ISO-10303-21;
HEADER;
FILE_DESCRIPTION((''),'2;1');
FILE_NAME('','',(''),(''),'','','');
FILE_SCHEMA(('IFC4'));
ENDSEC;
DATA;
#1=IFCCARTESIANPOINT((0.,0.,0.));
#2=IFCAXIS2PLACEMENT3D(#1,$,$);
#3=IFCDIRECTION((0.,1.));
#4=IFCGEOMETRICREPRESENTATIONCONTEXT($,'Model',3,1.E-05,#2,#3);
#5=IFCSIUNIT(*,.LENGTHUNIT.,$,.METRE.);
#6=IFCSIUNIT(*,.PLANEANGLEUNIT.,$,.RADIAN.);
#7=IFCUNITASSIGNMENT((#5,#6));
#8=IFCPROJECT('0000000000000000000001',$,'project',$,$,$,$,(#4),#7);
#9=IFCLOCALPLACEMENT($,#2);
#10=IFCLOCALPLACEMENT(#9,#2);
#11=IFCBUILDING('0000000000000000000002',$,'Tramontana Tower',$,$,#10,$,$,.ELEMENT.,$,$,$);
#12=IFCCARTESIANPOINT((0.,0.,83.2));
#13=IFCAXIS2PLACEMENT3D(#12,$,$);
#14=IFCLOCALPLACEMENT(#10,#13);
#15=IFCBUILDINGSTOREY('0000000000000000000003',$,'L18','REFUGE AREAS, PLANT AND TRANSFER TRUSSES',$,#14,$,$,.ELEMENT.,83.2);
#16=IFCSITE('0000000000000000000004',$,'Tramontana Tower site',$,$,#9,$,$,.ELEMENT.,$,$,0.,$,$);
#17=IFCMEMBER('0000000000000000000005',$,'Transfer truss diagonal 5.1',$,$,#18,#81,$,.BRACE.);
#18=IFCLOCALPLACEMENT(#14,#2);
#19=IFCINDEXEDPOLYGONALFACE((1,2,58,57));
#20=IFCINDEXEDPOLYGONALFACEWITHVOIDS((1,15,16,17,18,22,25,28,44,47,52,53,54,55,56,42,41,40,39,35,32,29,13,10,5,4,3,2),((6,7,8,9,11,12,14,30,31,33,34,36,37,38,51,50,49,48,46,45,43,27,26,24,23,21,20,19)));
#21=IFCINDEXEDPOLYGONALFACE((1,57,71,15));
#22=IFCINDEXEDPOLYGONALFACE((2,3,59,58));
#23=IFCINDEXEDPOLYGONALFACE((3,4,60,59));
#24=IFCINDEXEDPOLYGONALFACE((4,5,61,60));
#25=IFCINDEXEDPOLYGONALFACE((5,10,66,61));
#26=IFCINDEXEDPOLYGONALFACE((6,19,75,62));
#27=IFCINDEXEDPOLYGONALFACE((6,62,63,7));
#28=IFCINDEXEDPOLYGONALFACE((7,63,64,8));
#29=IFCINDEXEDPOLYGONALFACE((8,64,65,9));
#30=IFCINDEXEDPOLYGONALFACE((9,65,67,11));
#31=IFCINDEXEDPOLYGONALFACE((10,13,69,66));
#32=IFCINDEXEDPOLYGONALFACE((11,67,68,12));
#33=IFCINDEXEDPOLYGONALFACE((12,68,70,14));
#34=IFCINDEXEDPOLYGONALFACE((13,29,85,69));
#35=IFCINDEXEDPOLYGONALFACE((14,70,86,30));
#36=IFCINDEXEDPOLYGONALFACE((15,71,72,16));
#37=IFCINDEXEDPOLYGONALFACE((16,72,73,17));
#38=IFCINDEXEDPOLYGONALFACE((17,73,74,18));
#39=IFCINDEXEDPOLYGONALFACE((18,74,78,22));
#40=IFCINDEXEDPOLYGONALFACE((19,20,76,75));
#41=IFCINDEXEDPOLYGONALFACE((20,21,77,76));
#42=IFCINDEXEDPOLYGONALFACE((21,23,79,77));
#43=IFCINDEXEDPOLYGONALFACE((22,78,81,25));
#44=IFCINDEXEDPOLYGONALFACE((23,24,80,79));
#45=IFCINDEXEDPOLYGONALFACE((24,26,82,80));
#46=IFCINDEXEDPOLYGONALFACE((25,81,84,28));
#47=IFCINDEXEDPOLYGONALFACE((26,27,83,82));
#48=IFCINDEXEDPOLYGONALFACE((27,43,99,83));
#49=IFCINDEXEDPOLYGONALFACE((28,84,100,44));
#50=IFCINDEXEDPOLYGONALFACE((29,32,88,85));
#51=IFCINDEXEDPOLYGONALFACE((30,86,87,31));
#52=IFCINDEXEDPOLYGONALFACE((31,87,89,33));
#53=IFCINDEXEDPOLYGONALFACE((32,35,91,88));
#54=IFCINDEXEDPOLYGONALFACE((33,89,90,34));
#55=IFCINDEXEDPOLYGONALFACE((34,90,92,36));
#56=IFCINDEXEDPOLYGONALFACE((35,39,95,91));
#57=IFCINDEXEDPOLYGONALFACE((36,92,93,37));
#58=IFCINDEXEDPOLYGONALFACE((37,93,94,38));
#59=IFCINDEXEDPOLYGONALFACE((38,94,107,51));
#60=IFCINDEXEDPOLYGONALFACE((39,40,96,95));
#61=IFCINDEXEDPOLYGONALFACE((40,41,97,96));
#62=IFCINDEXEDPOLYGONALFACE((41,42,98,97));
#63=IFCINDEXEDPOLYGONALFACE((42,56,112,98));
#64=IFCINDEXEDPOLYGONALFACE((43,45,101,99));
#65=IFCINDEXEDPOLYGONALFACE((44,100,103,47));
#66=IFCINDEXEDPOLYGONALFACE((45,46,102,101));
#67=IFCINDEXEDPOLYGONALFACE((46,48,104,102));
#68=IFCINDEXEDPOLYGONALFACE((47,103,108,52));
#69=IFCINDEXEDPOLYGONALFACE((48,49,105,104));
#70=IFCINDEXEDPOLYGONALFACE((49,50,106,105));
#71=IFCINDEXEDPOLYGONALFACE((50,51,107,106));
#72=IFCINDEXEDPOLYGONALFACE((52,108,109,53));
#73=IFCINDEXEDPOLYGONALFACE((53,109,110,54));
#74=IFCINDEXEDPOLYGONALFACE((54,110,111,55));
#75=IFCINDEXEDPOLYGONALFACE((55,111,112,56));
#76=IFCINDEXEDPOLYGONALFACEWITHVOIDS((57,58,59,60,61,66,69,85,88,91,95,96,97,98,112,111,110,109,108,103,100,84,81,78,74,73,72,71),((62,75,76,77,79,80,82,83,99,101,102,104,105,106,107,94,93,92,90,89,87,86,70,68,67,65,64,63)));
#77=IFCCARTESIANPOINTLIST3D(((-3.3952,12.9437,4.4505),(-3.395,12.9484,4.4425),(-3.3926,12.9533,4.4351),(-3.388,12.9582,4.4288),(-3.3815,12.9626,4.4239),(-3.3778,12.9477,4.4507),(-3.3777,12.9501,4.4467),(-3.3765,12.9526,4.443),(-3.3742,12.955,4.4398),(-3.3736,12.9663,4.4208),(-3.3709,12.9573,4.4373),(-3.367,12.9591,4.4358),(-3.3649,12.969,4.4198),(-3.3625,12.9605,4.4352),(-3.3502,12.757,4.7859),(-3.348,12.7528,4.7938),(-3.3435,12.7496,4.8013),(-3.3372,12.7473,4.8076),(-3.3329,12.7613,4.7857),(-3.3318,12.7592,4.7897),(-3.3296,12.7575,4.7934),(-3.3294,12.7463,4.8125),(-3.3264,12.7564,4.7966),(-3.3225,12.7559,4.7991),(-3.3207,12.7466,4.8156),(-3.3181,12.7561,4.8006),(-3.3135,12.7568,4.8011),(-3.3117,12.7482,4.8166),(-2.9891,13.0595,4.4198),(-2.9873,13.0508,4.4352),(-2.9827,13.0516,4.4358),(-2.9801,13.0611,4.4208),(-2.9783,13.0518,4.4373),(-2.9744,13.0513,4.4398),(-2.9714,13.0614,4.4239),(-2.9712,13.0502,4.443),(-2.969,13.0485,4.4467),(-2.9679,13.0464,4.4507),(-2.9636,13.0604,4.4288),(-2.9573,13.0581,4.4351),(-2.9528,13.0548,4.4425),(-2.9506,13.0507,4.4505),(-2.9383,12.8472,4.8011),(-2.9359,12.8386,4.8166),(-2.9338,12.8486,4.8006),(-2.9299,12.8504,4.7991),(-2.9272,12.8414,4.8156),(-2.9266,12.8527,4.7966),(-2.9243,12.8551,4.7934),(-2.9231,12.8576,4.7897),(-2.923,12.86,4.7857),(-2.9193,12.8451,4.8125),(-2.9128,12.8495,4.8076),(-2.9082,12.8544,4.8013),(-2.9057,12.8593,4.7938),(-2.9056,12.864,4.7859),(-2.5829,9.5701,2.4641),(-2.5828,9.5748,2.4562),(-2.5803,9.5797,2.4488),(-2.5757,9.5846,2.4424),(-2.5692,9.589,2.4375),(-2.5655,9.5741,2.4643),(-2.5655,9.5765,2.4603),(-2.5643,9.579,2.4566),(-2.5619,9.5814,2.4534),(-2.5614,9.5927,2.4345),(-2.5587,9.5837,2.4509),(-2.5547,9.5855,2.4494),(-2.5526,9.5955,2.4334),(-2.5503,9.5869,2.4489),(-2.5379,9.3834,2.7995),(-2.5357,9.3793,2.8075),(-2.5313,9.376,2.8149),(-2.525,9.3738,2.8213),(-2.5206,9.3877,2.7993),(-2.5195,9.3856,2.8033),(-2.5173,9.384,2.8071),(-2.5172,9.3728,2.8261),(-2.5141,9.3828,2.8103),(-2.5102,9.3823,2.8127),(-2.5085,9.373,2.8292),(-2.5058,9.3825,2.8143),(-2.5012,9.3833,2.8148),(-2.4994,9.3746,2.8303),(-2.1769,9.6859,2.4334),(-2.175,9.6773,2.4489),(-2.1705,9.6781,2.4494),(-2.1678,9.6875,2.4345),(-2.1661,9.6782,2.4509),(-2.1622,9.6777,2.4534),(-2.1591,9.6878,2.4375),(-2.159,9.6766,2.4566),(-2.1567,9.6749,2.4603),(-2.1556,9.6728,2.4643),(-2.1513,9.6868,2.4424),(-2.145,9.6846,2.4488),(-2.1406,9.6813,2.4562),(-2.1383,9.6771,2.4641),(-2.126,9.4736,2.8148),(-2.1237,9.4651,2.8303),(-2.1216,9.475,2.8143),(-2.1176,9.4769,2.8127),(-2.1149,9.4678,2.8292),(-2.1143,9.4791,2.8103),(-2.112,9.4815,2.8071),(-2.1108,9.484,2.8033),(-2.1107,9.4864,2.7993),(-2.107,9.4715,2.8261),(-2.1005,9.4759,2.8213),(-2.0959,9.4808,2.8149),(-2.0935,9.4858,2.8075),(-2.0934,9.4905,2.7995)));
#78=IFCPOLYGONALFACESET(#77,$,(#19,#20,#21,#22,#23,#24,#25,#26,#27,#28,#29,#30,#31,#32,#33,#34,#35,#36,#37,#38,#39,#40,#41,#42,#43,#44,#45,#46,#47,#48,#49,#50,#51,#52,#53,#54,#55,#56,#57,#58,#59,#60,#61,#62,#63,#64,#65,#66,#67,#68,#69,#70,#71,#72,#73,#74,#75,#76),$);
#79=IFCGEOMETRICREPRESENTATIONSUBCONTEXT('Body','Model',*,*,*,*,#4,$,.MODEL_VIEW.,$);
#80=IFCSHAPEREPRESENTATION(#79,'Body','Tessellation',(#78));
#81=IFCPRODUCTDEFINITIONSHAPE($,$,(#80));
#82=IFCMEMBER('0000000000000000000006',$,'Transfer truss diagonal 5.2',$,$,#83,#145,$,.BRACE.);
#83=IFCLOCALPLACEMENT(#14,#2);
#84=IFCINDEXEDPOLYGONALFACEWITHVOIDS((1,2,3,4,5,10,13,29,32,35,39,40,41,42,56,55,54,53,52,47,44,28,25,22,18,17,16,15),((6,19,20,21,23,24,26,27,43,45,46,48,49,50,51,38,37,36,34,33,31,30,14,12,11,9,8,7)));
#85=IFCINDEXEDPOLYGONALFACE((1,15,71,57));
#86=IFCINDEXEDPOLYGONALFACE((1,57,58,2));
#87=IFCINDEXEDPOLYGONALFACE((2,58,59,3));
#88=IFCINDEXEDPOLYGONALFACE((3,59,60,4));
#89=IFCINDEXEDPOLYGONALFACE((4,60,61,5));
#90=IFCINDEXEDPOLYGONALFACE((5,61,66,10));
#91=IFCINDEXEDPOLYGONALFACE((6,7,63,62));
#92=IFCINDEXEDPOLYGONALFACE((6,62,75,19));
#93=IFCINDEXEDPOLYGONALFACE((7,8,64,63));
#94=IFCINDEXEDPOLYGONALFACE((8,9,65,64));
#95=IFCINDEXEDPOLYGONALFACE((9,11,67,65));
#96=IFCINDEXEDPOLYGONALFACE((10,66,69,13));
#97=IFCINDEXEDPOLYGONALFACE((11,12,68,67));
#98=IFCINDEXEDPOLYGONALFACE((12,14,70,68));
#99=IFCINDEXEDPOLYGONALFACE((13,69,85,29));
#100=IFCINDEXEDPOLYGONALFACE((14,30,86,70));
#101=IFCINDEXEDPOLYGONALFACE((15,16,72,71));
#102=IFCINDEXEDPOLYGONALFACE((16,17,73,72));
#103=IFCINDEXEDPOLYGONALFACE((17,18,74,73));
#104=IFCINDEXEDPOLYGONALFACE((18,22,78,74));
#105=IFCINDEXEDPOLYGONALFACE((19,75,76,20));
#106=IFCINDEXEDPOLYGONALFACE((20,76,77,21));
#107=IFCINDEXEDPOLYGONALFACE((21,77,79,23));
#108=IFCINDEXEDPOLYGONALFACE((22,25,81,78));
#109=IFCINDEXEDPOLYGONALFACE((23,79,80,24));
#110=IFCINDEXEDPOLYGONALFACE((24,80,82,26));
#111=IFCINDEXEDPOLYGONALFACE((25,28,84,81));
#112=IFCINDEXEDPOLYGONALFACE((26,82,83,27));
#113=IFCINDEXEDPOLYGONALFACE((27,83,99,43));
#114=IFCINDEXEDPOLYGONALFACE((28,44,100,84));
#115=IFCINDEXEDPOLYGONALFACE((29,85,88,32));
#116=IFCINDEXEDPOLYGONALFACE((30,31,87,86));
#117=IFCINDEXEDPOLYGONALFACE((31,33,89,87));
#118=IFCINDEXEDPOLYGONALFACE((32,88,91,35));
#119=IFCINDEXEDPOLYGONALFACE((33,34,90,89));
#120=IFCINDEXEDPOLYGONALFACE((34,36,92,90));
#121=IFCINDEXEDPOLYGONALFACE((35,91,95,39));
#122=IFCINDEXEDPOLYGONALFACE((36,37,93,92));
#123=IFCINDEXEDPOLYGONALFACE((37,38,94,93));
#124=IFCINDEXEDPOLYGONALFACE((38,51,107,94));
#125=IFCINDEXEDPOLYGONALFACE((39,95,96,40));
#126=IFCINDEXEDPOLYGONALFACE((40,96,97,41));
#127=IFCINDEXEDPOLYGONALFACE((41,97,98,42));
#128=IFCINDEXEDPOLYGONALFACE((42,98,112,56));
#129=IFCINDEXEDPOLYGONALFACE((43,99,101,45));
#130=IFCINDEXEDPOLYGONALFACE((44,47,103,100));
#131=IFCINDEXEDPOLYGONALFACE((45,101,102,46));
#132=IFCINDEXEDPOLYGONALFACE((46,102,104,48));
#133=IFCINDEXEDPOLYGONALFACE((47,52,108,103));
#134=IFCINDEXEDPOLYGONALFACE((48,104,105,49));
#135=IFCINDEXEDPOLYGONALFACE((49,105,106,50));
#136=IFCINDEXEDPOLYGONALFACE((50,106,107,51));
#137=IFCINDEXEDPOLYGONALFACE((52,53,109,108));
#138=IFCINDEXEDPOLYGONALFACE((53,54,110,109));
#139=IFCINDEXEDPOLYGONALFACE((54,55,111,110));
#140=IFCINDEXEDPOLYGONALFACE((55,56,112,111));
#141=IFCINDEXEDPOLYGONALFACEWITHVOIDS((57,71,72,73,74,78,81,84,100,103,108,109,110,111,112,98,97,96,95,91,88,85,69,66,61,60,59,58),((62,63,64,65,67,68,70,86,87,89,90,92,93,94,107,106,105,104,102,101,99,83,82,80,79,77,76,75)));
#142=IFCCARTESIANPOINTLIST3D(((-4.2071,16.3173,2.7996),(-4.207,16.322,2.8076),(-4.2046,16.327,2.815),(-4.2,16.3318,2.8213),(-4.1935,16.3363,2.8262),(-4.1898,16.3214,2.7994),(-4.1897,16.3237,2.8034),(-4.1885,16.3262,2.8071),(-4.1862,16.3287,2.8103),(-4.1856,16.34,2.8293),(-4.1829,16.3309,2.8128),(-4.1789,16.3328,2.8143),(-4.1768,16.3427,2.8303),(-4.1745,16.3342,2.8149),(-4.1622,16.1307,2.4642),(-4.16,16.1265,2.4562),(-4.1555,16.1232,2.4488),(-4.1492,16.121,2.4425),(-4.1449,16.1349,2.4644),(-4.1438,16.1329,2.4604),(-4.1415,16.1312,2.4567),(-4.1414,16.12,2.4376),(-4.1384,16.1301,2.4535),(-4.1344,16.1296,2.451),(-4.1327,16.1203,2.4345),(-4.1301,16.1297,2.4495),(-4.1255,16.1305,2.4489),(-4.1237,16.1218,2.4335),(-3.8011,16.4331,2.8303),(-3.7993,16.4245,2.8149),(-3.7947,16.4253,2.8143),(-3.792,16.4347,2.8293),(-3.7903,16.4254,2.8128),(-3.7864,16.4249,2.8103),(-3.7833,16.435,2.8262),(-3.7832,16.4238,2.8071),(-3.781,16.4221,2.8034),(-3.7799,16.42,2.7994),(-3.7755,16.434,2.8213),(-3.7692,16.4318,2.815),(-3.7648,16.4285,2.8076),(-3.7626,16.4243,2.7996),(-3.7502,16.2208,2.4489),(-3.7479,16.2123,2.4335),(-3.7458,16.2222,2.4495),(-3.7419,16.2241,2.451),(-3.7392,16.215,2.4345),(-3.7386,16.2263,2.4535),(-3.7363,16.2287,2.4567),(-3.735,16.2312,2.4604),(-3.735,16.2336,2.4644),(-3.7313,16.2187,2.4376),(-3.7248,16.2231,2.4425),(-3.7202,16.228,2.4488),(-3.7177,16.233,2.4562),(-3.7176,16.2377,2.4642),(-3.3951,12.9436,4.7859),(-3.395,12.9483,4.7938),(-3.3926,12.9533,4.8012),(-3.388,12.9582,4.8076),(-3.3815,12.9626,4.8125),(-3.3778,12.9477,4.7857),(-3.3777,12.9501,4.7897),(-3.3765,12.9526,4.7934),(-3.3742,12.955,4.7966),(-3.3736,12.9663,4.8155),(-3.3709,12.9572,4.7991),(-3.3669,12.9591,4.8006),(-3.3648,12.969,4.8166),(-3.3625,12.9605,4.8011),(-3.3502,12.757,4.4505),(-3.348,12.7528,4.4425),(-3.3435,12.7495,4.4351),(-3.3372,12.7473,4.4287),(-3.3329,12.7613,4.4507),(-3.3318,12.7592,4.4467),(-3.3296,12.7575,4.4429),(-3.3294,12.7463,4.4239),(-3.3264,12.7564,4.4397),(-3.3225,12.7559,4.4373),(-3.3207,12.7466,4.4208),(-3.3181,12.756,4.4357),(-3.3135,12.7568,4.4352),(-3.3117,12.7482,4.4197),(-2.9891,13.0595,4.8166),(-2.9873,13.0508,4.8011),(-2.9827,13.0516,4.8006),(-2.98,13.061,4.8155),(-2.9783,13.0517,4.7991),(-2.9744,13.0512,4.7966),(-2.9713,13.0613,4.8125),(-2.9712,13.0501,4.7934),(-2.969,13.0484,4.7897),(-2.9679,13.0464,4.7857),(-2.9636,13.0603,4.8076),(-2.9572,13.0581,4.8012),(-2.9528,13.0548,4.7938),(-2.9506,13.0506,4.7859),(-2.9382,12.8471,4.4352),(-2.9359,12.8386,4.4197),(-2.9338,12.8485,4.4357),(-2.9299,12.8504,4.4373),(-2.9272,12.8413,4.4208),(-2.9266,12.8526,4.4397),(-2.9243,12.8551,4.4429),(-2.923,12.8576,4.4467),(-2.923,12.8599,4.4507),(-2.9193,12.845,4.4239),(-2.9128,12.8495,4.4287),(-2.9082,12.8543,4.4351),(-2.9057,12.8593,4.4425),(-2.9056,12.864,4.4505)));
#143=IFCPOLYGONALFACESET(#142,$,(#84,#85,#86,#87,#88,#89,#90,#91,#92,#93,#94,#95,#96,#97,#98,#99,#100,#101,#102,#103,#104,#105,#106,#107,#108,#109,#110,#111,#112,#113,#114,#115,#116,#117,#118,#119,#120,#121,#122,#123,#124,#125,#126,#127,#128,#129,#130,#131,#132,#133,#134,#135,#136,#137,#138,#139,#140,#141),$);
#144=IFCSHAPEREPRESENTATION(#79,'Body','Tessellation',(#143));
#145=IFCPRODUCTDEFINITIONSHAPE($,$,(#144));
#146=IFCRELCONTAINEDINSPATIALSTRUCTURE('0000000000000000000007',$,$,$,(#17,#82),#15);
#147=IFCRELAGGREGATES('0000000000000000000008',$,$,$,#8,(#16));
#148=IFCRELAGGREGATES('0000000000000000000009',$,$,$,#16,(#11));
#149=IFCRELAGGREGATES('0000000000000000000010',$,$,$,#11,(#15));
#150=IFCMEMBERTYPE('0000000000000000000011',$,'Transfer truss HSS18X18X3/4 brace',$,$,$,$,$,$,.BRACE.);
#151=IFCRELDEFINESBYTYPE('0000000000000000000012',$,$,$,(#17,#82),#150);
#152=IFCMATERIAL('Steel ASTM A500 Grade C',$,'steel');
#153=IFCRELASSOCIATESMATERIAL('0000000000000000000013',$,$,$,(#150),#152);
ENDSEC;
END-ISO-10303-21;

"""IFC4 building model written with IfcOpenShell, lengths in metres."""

from ifc_helpers import new_model, si_unit, direction, frame, origin, origin_2d, place, context, subcontext, project, spatial, hollow_rectangle, extrude, material, material_profile, profile_set, type_object, element, save


model = new_model("IFC4")

# Units and contexts
model_context = context("Model", 3, precision=1e-05, world=origin(), true_north=direction((0.0, 1.0)))
body_context = subcontext(model_context, "Body", "Model", "MODEL_VIEW")
ifc_project = project(units=[si_unit("LENGTHUNIT", "METRE"), si_unit("PLANEANGLEUNIT", "RADIAN")], contexts=[model_context])

# Site, building, storey
site_placement = place(None, origin())
site = spatial("IfcSite", under=ifc_project, at=site_placement, Name="Tramontana Tower site", CompositionType="ELEMENT", RefElevation=0.0)
building_placement = place(site_placement, origin())
building = spatial("IfcBuilding", under=site, at=building_placement, Name="Tramontana Tower", CompositionType="ELEMENT")
storey_placement = place(building_placement, frame((0.0, 0.0, 83.2)))
storey = spatial("IfcBuildingStorey", under=building, at=storey_placement, Name="L18", Description="REFUGE AREAS, PLANT AND TRANSFER TRUSSES", CompositionType="ELEMENT", Elevation=83.2)

# Members
ifc_material_1 = material(Name="Steel ASTM A500 Grade C", Category="steel")
ifc_material_profile_1 = material_profile(ifc_material_1, hollow_rectangle(XDim=0.4573, YDim=0.4573, WallThickness=0.0178, InnerFilletRadius=0.0178, OuterFilletRadius=0.0354, at=origin_2d()), Name="HSS18X18X3/4")
ifc_profile_set_1 = profile_set([ifc_material_profile_1], Name="Steel ASTM A500 Grade C")
member_type_1 = type_object("IfcMemberType", Name="Transfer truss HSS18X18X3/4 brace", PredefinedType="BRACE", material=ifc_profile_set_1)
for number, where, z_axis, x_axis, name in (
    (1, (-2.3381, 9.5303, 2.6318), (-0.203153, 0.843753, 0.496799), (-0.972217, -0.234083, 0.0), "Transfer truss diagonal 5.1"),
    (2, (-3.1504, 12.9038, 4.6182), (-0.203084, 0.843781, -0.49678), (-0.972236, -0.234001, 0.0), "Transfer truss diagonal 5.2"),
):
    element("IfcMember", number, at=place(storey_placement, frame(where, z_axis=z_axis, x_axis=x_axis)), inside=storey, type_object=member_type_1, Name=name, PredefinedType="BRACE", context=body_context, shape_type="SweptSolid", body=[
        extrude(hollow_rectangle(XDim=0.4573, YDim=0.4573, WallThickness=0.0178, InnerFilletRadius=0.0178, OuterFilletRadius=0.0354, at=origin_2d()), origin(), (0.0, 0.0, 1.0), 3.9983),
    ])

save(model, "model.ifc")
